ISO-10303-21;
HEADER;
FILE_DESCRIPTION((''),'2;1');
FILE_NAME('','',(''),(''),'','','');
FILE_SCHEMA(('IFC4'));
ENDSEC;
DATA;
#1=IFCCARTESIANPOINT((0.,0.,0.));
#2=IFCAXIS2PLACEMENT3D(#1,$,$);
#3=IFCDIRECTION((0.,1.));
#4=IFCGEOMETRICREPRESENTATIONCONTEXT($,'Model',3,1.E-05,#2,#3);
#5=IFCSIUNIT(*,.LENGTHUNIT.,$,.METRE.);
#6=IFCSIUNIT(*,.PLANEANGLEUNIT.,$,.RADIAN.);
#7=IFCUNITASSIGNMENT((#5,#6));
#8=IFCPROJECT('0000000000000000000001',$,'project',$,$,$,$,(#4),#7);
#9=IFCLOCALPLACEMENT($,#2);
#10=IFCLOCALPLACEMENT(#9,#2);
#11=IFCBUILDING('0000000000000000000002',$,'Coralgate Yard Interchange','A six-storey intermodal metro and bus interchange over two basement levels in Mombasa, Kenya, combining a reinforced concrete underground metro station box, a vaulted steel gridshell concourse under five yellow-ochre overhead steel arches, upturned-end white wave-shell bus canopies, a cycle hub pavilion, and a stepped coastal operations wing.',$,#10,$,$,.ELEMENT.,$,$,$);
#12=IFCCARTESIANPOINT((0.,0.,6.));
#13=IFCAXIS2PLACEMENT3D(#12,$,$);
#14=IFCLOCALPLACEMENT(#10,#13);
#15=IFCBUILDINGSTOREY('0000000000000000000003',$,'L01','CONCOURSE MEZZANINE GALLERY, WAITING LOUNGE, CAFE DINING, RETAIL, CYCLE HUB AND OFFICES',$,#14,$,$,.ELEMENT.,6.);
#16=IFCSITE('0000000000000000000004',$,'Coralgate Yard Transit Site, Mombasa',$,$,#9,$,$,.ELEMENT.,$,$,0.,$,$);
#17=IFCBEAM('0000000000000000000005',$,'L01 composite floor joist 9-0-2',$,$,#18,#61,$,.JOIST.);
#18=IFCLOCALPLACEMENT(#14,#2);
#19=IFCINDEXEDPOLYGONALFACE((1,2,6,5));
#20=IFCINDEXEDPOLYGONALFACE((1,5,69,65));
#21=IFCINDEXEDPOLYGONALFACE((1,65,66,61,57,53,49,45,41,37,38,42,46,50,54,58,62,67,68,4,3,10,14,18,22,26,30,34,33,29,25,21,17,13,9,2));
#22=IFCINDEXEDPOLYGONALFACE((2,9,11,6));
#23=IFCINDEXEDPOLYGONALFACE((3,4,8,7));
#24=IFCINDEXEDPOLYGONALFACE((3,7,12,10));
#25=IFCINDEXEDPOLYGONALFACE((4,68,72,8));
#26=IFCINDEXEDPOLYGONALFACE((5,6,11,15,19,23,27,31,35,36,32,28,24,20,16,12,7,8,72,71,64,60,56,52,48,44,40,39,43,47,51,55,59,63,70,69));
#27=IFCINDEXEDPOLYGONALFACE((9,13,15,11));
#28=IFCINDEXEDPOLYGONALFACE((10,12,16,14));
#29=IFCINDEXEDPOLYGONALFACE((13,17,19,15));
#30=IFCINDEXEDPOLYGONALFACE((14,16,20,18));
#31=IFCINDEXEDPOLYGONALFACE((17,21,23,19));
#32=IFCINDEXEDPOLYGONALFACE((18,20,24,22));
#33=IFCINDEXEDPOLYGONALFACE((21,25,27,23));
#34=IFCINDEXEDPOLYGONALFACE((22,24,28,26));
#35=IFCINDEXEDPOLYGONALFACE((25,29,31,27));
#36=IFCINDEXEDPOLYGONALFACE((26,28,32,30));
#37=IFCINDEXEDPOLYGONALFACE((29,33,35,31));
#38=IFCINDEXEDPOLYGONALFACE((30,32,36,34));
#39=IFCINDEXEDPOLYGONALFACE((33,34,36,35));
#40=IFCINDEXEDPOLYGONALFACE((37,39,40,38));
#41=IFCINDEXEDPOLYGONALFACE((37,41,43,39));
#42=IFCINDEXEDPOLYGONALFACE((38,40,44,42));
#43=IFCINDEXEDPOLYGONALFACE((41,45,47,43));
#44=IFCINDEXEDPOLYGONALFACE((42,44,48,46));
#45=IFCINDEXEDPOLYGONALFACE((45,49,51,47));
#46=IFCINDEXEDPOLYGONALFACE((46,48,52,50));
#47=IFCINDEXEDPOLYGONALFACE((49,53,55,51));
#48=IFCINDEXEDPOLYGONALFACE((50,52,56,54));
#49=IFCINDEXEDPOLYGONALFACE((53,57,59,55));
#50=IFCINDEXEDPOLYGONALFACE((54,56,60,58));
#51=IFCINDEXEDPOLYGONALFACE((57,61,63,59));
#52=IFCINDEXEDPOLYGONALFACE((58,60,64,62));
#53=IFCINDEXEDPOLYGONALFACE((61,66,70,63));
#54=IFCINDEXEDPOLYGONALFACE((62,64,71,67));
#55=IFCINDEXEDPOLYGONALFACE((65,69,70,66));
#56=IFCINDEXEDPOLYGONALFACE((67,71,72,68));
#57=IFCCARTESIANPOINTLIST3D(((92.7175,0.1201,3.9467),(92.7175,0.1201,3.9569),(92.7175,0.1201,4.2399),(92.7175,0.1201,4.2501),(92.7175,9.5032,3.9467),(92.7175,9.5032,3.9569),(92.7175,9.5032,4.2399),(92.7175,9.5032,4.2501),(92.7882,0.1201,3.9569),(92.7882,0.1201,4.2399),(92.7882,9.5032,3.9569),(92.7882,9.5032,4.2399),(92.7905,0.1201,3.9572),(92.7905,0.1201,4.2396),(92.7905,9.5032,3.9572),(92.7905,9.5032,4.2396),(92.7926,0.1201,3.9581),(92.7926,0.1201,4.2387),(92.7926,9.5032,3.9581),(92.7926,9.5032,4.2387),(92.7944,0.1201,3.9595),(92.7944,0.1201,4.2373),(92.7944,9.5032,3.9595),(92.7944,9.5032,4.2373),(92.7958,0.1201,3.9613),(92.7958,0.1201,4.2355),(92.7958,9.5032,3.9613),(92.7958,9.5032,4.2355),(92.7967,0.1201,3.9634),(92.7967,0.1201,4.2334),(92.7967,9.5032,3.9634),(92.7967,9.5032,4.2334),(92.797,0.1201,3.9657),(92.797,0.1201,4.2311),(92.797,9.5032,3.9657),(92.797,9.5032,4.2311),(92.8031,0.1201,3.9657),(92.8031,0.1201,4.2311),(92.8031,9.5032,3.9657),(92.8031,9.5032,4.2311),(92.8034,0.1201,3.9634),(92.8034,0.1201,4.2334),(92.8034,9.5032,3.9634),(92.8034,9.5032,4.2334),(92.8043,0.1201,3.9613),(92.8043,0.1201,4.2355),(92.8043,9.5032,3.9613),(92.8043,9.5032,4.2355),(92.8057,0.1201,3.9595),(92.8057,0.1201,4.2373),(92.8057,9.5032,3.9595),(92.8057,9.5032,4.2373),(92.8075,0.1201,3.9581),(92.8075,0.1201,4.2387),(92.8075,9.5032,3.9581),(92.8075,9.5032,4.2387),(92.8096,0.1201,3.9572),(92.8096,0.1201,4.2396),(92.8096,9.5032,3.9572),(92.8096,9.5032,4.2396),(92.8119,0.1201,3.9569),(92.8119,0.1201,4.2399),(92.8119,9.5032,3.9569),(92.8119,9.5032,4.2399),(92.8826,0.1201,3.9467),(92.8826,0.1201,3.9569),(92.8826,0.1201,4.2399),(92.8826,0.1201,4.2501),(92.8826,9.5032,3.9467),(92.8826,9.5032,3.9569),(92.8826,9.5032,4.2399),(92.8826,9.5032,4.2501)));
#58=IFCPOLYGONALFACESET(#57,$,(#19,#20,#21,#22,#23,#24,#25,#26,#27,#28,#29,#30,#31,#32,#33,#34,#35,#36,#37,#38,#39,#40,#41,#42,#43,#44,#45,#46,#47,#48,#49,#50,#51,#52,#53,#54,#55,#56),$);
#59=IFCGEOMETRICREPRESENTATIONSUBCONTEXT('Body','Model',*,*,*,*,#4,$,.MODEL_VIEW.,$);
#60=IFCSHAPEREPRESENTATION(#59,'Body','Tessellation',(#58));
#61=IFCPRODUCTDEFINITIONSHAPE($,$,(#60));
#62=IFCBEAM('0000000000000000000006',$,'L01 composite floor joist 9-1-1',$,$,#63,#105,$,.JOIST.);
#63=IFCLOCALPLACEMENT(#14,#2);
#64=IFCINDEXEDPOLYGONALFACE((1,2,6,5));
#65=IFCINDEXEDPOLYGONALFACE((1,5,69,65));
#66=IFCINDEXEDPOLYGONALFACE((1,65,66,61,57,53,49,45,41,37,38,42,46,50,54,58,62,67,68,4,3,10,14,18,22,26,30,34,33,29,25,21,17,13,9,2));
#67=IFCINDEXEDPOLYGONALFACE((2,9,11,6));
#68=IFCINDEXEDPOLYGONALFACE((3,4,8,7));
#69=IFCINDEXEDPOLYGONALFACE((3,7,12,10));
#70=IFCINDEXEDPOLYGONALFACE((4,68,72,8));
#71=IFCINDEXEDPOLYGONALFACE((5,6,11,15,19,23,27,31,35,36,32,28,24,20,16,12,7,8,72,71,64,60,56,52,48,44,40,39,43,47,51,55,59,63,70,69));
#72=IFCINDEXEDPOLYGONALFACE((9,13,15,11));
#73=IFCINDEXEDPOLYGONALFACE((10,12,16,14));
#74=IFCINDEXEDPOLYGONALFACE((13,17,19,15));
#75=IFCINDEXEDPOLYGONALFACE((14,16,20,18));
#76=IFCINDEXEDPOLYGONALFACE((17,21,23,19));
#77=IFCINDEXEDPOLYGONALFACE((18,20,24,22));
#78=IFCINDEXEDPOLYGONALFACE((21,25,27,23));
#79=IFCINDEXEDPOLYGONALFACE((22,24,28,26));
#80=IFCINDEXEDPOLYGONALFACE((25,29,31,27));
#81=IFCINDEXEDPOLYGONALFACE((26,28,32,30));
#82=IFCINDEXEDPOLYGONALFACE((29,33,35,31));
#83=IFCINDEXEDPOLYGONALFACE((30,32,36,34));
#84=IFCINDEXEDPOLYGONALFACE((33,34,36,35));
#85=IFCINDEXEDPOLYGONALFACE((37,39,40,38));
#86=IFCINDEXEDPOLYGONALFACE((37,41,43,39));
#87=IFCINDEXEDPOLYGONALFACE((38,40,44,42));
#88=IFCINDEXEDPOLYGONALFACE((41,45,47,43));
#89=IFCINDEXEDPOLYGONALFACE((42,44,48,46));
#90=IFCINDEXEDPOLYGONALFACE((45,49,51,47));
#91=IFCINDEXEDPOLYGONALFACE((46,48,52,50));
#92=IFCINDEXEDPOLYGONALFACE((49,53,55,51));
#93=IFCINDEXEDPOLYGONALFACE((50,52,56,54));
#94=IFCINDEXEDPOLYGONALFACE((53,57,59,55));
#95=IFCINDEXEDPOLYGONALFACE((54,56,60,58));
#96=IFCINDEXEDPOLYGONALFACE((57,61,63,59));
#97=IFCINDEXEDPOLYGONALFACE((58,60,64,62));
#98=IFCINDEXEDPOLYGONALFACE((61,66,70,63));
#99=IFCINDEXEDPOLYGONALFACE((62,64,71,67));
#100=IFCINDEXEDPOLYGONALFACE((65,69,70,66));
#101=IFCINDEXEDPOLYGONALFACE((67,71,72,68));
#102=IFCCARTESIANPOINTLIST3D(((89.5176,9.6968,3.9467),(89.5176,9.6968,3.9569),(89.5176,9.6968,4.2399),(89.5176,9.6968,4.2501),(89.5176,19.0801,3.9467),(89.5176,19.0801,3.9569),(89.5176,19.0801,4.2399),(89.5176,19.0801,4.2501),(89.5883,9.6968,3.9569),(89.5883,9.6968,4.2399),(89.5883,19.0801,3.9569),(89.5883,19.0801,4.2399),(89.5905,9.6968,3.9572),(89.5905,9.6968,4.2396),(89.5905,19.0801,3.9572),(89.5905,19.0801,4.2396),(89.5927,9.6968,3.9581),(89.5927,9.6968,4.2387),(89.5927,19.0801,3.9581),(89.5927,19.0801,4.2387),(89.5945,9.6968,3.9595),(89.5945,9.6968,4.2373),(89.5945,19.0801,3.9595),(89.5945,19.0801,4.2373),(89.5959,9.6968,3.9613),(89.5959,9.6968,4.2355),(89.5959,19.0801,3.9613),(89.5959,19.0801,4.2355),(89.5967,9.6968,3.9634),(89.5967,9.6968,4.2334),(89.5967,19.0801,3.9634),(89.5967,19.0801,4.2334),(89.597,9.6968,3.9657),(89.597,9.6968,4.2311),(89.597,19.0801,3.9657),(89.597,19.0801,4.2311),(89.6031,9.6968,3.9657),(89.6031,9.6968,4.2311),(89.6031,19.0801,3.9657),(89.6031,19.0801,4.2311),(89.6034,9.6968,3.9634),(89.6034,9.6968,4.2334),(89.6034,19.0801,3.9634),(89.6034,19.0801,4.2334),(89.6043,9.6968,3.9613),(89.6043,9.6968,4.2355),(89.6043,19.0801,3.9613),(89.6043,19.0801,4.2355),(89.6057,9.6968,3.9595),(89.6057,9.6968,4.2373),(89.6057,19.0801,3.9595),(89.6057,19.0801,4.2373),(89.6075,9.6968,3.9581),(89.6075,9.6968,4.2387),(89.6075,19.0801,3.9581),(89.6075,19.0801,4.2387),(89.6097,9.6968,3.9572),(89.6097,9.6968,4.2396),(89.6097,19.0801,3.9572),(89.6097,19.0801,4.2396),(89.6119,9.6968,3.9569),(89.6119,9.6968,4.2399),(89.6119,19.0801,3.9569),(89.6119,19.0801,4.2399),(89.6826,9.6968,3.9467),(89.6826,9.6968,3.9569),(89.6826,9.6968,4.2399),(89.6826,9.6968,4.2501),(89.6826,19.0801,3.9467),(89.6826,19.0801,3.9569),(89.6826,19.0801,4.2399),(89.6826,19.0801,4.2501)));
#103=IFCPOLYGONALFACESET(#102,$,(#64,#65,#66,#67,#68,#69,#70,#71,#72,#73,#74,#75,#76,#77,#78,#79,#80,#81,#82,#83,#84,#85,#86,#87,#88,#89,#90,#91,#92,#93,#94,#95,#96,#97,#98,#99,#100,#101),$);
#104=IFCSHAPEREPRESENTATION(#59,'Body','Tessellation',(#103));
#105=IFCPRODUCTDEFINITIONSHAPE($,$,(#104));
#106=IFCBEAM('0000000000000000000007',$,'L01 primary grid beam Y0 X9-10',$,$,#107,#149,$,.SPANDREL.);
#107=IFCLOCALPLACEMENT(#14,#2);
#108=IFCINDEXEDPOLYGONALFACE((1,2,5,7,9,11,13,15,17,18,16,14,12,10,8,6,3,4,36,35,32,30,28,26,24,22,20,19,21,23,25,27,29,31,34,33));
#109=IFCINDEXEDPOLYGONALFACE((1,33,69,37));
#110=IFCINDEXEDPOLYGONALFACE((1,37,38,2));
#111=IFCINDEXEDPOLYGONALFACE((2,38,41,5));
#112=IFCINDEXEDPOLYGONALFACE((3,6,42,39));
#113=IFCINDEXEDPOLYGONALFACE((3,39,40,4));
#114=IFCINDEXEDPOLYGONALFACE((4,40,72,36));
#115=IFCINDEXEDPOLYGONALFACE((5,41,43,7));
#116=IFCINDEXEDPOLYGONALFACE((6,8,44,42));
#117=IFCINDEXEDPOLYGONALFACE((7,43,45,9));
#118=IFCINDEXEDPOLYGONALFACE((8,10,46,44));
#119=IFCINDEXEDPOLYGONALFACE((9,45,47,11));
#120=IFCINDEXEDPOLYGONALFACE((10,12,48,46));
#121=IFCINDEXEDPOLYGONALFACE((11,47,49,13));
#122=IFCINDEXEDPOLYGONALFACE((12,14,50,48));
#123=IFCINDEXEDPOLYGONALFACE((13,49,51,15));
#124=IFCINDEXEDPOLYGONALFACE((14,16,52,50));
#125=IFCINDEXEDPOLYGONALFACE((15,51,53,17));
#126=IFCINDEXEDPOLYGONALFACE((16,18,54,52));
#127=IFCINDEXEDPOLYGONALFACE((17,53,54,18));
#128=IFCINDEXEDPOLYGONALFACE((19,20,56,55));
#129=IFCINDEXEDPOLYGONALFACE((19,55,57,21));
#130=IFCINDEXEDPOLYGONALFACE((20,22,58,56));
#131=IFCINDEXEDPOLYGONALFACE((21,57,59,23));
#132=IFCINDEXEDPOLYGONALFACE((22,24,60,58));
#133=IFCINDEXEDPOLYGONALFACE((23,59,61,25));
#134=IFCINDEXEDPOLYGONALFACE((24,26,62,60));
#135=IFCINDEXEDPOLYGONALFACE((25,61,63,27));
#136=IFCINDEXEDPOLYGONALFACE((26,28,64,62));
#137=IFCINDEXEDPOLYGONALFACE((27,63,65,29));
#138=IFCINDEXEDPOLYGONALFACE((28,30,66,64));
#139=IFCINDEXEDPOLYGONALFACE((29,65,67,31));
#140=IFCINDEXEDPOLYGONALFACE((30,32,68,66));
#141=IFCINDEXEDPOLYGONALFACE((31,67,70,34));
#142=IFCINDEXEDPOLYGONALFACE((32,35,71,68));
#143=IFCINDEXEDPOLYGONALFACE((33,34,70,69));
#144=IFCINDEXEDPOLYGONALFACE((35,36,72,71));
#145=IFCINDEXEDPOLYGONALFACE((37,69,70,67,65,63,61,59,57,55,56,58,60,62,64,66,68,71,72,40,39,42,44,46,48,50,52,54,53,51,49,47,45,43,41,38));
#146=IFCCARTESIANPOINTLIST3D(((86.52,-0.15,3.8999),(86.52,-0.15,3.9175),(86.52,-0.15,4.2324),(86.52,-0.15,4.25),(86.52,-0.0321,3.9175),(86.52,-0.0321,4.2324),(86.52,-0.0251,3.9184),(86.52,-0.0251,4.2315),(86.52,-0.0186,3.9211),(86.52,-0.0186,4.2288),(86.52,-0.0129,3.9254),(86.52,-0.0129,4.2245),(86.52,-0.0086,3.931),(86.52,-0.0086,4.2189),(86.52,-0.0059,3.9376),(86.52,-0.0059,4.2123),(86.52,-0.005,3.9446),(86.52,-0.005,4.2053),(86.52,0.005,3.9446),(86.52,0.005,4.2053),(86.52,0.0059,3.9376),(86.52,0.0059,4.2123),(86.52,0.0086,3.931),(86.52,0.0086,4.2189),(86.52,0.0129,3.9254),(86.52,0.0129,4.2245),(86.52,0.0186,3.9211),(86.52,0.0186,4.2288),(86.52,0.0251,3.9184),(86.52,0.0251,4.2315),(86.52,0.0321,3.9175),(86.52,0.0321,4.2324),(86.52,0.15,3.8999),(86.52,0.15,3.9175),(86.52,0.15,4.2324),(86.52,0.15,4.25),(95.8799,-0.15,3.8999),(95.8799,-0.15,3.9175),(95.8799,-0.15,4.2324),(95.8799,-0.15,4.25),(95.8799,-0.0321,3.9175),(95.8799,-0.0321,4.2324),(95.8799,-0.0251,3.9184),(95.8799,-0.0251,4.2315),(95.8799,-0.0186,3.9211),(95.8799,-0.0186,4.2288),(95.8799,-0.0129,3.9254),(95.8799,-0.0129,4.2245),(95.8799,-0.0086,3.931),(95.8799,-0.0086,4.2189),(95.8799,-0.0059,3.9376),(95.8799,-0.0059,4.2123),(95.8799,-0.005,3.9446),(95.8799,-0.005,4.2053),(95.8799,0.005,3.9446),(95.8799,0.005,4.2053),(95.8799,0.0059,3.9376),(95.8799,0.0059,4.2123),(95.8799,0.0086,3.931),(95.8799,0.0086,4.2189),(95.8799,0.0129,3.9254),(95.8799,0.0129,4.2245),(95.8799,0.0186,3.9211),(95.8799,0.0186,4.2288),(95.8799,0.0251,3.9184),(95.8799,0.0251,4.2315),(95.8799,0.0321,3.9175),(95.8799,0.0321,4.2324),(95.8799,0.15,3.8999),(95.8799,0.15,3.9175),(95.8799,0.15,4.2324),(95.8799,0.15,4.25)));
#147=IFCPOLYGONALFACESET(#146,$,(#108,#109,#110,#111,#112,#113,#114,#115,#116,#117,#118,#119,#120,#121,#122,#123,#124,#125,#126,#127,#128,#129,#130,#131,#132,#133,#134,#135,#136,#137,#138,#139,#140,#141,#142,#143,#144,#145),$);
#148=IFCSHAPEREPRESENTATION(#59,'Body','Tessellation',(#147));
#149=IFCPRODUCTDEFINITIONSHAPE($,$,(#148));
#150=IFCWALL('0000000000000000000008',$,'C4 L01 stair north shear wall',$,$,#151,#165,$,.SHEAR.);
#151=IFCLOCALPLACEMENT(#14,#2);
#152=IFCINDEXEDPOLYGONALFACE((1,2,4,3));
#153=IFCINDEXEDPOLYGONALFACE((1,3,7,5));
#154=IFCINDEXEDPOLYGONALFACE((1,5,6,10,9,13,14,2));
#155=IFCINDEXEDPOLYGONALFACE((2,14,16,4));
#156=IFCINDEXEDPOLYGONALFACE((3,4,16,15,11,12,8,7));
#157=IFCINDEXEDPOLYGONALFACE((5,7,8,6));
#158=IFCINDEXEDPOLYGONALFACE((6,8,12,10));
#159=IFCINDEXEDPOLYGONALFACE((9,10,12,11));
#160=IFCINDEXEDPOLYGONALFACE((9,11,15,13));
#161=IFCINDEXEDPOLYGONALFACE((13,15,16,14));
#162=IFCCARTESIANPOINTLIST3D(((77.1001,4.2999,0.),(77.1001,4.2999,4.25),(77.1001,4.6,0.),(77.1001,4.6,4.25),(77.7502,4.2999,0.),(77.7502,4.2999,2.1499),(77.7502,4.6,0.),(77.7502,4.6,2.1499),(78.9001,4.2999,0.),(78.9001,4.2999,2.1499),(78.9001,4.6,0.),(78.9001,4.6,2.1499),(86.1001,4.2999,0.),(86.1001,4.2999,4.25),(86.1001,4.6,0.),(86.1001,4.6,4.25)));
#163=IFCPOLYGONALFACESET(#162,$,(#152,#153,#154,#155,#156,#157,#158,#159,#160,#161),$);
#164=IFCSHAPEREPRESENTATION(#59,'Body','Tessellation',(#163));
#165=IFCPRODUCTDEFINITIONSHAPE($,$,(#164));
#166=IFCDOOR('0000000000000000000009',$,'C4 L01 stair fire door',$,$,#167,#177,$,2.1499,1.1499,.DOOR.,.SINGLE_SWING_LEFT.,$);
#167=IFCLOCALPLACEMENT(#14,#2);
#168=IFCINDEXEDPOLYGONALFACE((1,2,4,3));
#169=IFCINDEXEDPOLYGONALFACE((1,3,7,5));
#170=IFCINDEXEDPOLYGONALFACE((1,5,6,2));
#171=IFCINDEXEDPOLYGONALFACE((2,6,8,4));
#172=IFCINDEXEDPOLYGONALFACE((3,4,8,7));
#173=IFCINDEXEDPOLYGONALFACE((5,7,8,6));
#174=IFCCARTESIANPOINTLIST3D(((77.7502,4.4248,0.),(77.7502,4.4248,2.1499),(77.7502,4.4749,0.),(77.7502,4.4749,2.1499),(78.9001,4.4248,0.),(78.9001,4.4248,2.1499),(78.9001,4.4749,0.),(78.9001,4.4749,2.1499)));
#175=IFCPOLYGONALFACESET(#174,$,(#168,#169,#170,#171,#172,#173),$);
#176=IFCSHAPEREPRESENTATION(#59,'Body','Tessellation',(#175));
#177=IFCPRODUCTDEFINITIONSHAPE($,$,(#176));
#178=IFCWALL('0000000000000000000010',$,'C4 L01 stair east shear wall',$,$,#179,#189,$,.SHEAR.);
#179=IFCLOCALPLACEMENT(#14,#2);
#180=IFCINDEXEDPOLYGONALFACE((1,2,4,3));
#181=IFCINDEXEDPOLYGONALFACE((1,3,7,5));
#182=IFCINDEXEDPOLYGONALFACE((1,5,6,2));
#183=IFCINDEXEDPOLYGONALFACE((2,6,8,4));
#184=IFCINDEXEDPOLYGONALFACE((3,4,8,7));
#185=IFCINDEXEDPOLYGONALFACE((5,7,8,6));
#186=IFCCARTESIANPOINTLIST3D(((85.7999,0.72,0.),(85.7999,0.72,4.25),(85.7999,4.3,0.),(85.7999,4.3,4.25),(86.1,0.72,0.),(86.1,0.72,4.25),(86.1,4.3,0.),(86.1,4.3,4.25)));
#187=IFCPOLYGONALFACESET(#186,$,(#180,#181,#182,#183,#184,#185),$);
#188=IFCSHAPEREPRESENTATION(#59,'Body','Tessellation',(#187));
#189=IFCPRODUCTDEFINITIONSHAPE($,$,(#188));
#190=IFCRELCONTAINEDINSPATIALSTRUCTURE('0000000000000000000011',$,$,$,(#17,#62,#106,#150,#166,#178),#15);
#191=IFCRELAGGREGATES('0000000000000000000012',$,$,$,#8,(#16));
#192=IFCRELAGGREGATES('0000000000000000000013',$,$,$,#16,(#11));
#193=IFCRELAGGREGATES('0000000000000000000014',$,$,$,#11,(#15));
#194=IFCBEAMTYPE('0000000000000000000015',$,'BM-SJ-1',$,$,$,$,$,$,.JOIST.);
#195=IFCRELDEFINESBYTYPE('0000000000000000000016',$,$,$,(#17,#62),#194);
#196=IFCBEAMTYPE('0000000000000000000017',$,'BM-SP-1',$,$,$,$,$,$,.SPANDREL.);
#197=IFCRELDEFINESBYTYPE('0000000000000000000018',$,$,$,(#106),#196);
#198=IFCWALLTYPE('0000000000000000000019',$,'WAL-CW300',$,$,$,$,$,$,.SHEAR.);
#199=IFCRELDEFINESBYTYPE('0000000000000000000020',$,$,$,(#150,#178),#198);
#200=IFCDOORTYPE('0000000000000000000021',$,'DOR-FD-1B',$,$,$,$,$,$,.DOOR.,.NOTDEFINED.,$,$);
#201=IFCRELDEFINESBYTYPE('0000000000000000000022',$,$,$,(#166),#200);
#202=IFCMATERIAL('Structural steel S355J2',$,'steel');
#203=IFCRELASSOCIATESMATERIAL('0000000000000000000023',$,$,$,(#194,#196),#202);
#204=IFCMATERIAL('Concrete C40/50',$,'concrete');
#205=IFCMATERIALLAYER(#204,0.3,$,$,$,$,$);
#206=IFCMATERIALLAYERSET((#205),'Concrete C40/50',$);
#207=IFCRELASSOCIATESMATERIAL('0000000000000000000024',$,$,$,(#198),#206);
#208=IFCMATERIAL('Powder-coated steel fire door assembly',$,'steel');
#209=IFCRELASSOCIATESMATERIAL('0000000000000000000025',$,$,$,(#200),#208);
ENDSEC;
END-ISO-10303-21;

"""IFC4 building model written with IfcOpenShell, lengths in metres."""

from ifc_helpers import new_model, si_unit, direction, frame, frame_2d, origin, origin_2d, place, context, subcontext, project, spatial, rectangle, i_section, extrude, material, layer, layer_set, material_profile, profile_set, type_object, element, fill, save


model = new_model("IFC4")

# Units and contexts
model_context = context("Model", 3, precision=1e-05, world=origin(), true_north=direction((0.0, 1.0)))
body_context = subcontext(model_context, "Body", "Model", "MODEL_VIEW")
ifc_project = project(units=[si_unit("LENGTHUNIT", "METRE"), si_unit("PLANEANGLEUNIT", "RADIAN")], contexts=[model_context])

# Site, building, storey
site_placement = place(None, origin())
site = spatial("IfcSite", under=ifc_project, at=site_placement, Name="Coralgate Yard Transit Site, Mombasa", CompositionType="ELEMENT", RefElevation=0.0)
building_placement = place(site_placement, origin())
building = spatial("IfcBuilding", under=site, at=building_placement, Name="Coralgate Yard Interchange", Description="A six-storey intermodal metro and bus interchange over two basement levels in Mombasa, Kenya, combining a reinforced concrete underground metro station box, a vaulted steel gridshell concourse under five yellow-ochre overhead steel arches, upturned-end white wave-shell bus canopies, a cycle hub pavilion, and a stepped coastal operations wing.", CompositionType="ELEMENT")
storey_placement = place(building_placement, frame((0.0, 0.0, 6.0)))
storey = spatial("IfcBuildingStorey", under=building, at=storey_placement, Name="L01", Description="CONCOURSE MEZZANINE GALLERY, WAITING LOUNGE, CAFE DINING, RETAIL, CYCLE HUB AND OFFICES", CompositionType="ELEMENT", Elevation=6.0)

# Shared definitions
ifc_material_1 = material(Name="Structural steel S355J2", Category="steel")

# Beams
ifc_material_profile_1 = material_profile(ifc_material_1, i_section(OverallWidth=0.165, OverallDepth=0.3035, WebThickness=0.0061, FlangeThickness=0.0103, FilletRadius=0.0088, at=origin_2d()), Name="UB 305x165x40")
ifc_profile_set_1 = profile_set([ifc_material_profile_1], Name="Structural steel S355J2")
beam_type_1 = type_object("IfcBeamType", Name="BM-SJ-1", PredefinedType="JOIST", material=ifc_profile_set_1)
for number, where, z_axis, x_axis, name in (
    (1, (92.8, 0.1201, 4.0984), (0.0, 1.0, 0.0), (-1.0, 0.0, 0.0), "L01 composite floor joist 9-0-2"),
):
    element("IfcBeam", number, at=place(storey_placement, frame(where, z_axis=z_axis, x_axis=x_axis)), inside=storey, type_object=beam_type_1, Name=name, PredefinedType="JOIST", context=body_context, shape_type="SweptSolid", body=[
        extrude(i_section(OverallWidth=0.165, OverallDepth=0.3035, WebThickness=0.0061, FlangeThickness=0.0103, FilletRadius=0.0088, at=origin_2d()), origin(), (0.0, 0.0, 1.0), 9.3831),
    ])
beam_1_placement = place(storey_placement, frame((89.6001, 9.6968, 4.0984), z_axis=(0.0, 1.0, 0.0), x_axis=(-1.0, 0.0, 0.0)))
element("IfcBeam", 2, at=beam_1_placement, inside=storey, type_object=beam_type_1, Name="L01 composite floor joist 9-1-1", PredefinedType="JOIST", context=body_context, shape_type="SweptSolid", body=[
    extrude(i_section(OverallWidth=0.165, OverallDepth=0.3035, WebThickness=0.0061, FlangeThickness=0.0103, FilletRadius=0.0088, at=origin_2d()), origin(), (0.0, 0.0, 1.0), 9.3833),
])
ifc_material_profile_2 = material_profile(ifc_material_1, i_section(OverallWidth=0.3, OverallDepth=0.3501, WebThickness=0.01, FlangeThickness=0.0176, FilletRadius=0.0271, at=origin_2d()), Name="HEA 360")
ifc_profile_set_2 = profile_set([ifc_material_profile_2], Name="Structural steel S355J2")
beam_type_2 = type_object("IfcBeamType", Name="BM-SP-1", PredefinedType="SPANDREL", material=ifc_profile_set_2)
beam_2_placement = place(storey_placement, frame((86.52, 0.0, 4.075), z_axis=(1.0, 0.0, 0.0), x_axis=(0.0, 1.0, 0.0)))
element("IfcBeam", 3, at=beam_2_placement, inside=storey, type_object=beam_type_2, Name="L01 primary grid beam Y0 X9-10", PredefinedType="SPANDREL", context=body_context, shape_type="SweptSolid", body=[
    extrude(i_section(OverallWidth=0.3, OverallDepth=0.3501, WebThickness=0.01, FlangeThickness=0.0176, FilletRadius=0.0271, at=origin_2d()), origin(), (0.0, 0.0, 1.0), 9.3599),
])

# Wall, opening, door
ifc_material_2 = material(Name="Concrete C40/50", Category="concrete")
ifc_layer_1 = layer(ifc_material_2, 0.3)
ifc_layer_set_1 = layer_set([ifc_layer_1], Name="Concrete C40/50")
wall_type_1 = type_object("IfcWallType", Name="WAL-CW300", PredefinedType="SHEAR", material=ifc_layer_set_1)
wall_1_placement = place(storey_placement, frame((86.1001, 4.45, 0.0), z_axis=(0.0, 0.0, 1.0), x_axis=(-1.0, 0.0, 0.0)))
wall_1 = element("IfcWall", 4, at=wall_1_placement, inside=storey, type_object=wall_type_1, Name="C4 L01 stair north shear wall", PredefinedType="SHEAR", context=body_context, shape_type="SweptSolid", body=[
    extrude(rectangle(XDim=9.0, YDim=0.3, at=frame_2d((4.5, 0.0))), origin(), (0.0, 0.0, 1.0), 4.25),
])
opening_1_placement = place(wall_1_placement, frame((7.2, 0.0, 0.0)))
opening_1 = element("IfcOpeningElement", 5, at=opening_1_placement, cuts=wall_1, PredefinedType="OPENING", context=body_context, shape_type="SweptSolid", body=[
    extrude(rectangle(XDim=1.1499, YDim=2.1499, at=frame_2d((0.575, 1.075))), frame((0.0, 0.1599, 0.0), z_axis=(0.0, -1.0, 0.0), x_axis=(1.0, 0.0, 0.0)), (0.0, 0.0, 1.0), 0.3201),
])
ifc_material_3 = material(Name="Powder-coated steel fire door assembly", Category="steel")
door_type_1 = type_object("IfcDoorType", Name="DOR-FD-1B", OperationType="NOTDEFINED", PredefinedType="DOOR", material=ifc_material_3)
door_1_placement = place(opening_1_placement, frame((1.1499, 0.0, 0.0), z_axis=(0.0, 0.0, 1.0), x_axis=(-1.0, 0.0, 0.0)))
door_1 = element("IfcDoor", 6, at=door_1_placement, inside=storey, type_object=door_type_1, Name="C4 L01 stair fire door", OperationType="SINGLE_SWING_LEFT", OverallHeight=2.1499, OverallWidth=1.1499, PredefinedType="DOOR", context=body_context, shape_type="SweptSolid", body=[
    extrude(rectangle(XDim=1.1499, YDim=2.1499, at=frame_2d((0.575, 1.075))), frame((0.0, 0.0249, 0.0), z_axis=(0.0, -1.0, 0.0), x_axis=(1.0, 0.0, 0.0)), (0.0, 0.0, 1.0), 0.05),
])
fill(opening_1, door_1)

# Wall
wall_2_placement = place(storey_placement, frame((85.95, 4.3, 0.0), z_axis=(0.0, 0.0, 1.0), x_axis=(0.0, -1.0, 0.0)))
element("IfcWall", 7, at=wall_2_placement, inside=storey, type_object=wall_type_1, Name="C4 L01 stair east shear wall", PredefinedType="SHEAR", context=body_context, shape_type="SweptSolid", body=[
    extrude(rectangle(XDim=3.5801, YDim=0.3, at=frame_2d((1.79, 0.0))), origin(), (0.0, 0.0, 1.0), 4.25),
])

save(model, "model.ifc")
